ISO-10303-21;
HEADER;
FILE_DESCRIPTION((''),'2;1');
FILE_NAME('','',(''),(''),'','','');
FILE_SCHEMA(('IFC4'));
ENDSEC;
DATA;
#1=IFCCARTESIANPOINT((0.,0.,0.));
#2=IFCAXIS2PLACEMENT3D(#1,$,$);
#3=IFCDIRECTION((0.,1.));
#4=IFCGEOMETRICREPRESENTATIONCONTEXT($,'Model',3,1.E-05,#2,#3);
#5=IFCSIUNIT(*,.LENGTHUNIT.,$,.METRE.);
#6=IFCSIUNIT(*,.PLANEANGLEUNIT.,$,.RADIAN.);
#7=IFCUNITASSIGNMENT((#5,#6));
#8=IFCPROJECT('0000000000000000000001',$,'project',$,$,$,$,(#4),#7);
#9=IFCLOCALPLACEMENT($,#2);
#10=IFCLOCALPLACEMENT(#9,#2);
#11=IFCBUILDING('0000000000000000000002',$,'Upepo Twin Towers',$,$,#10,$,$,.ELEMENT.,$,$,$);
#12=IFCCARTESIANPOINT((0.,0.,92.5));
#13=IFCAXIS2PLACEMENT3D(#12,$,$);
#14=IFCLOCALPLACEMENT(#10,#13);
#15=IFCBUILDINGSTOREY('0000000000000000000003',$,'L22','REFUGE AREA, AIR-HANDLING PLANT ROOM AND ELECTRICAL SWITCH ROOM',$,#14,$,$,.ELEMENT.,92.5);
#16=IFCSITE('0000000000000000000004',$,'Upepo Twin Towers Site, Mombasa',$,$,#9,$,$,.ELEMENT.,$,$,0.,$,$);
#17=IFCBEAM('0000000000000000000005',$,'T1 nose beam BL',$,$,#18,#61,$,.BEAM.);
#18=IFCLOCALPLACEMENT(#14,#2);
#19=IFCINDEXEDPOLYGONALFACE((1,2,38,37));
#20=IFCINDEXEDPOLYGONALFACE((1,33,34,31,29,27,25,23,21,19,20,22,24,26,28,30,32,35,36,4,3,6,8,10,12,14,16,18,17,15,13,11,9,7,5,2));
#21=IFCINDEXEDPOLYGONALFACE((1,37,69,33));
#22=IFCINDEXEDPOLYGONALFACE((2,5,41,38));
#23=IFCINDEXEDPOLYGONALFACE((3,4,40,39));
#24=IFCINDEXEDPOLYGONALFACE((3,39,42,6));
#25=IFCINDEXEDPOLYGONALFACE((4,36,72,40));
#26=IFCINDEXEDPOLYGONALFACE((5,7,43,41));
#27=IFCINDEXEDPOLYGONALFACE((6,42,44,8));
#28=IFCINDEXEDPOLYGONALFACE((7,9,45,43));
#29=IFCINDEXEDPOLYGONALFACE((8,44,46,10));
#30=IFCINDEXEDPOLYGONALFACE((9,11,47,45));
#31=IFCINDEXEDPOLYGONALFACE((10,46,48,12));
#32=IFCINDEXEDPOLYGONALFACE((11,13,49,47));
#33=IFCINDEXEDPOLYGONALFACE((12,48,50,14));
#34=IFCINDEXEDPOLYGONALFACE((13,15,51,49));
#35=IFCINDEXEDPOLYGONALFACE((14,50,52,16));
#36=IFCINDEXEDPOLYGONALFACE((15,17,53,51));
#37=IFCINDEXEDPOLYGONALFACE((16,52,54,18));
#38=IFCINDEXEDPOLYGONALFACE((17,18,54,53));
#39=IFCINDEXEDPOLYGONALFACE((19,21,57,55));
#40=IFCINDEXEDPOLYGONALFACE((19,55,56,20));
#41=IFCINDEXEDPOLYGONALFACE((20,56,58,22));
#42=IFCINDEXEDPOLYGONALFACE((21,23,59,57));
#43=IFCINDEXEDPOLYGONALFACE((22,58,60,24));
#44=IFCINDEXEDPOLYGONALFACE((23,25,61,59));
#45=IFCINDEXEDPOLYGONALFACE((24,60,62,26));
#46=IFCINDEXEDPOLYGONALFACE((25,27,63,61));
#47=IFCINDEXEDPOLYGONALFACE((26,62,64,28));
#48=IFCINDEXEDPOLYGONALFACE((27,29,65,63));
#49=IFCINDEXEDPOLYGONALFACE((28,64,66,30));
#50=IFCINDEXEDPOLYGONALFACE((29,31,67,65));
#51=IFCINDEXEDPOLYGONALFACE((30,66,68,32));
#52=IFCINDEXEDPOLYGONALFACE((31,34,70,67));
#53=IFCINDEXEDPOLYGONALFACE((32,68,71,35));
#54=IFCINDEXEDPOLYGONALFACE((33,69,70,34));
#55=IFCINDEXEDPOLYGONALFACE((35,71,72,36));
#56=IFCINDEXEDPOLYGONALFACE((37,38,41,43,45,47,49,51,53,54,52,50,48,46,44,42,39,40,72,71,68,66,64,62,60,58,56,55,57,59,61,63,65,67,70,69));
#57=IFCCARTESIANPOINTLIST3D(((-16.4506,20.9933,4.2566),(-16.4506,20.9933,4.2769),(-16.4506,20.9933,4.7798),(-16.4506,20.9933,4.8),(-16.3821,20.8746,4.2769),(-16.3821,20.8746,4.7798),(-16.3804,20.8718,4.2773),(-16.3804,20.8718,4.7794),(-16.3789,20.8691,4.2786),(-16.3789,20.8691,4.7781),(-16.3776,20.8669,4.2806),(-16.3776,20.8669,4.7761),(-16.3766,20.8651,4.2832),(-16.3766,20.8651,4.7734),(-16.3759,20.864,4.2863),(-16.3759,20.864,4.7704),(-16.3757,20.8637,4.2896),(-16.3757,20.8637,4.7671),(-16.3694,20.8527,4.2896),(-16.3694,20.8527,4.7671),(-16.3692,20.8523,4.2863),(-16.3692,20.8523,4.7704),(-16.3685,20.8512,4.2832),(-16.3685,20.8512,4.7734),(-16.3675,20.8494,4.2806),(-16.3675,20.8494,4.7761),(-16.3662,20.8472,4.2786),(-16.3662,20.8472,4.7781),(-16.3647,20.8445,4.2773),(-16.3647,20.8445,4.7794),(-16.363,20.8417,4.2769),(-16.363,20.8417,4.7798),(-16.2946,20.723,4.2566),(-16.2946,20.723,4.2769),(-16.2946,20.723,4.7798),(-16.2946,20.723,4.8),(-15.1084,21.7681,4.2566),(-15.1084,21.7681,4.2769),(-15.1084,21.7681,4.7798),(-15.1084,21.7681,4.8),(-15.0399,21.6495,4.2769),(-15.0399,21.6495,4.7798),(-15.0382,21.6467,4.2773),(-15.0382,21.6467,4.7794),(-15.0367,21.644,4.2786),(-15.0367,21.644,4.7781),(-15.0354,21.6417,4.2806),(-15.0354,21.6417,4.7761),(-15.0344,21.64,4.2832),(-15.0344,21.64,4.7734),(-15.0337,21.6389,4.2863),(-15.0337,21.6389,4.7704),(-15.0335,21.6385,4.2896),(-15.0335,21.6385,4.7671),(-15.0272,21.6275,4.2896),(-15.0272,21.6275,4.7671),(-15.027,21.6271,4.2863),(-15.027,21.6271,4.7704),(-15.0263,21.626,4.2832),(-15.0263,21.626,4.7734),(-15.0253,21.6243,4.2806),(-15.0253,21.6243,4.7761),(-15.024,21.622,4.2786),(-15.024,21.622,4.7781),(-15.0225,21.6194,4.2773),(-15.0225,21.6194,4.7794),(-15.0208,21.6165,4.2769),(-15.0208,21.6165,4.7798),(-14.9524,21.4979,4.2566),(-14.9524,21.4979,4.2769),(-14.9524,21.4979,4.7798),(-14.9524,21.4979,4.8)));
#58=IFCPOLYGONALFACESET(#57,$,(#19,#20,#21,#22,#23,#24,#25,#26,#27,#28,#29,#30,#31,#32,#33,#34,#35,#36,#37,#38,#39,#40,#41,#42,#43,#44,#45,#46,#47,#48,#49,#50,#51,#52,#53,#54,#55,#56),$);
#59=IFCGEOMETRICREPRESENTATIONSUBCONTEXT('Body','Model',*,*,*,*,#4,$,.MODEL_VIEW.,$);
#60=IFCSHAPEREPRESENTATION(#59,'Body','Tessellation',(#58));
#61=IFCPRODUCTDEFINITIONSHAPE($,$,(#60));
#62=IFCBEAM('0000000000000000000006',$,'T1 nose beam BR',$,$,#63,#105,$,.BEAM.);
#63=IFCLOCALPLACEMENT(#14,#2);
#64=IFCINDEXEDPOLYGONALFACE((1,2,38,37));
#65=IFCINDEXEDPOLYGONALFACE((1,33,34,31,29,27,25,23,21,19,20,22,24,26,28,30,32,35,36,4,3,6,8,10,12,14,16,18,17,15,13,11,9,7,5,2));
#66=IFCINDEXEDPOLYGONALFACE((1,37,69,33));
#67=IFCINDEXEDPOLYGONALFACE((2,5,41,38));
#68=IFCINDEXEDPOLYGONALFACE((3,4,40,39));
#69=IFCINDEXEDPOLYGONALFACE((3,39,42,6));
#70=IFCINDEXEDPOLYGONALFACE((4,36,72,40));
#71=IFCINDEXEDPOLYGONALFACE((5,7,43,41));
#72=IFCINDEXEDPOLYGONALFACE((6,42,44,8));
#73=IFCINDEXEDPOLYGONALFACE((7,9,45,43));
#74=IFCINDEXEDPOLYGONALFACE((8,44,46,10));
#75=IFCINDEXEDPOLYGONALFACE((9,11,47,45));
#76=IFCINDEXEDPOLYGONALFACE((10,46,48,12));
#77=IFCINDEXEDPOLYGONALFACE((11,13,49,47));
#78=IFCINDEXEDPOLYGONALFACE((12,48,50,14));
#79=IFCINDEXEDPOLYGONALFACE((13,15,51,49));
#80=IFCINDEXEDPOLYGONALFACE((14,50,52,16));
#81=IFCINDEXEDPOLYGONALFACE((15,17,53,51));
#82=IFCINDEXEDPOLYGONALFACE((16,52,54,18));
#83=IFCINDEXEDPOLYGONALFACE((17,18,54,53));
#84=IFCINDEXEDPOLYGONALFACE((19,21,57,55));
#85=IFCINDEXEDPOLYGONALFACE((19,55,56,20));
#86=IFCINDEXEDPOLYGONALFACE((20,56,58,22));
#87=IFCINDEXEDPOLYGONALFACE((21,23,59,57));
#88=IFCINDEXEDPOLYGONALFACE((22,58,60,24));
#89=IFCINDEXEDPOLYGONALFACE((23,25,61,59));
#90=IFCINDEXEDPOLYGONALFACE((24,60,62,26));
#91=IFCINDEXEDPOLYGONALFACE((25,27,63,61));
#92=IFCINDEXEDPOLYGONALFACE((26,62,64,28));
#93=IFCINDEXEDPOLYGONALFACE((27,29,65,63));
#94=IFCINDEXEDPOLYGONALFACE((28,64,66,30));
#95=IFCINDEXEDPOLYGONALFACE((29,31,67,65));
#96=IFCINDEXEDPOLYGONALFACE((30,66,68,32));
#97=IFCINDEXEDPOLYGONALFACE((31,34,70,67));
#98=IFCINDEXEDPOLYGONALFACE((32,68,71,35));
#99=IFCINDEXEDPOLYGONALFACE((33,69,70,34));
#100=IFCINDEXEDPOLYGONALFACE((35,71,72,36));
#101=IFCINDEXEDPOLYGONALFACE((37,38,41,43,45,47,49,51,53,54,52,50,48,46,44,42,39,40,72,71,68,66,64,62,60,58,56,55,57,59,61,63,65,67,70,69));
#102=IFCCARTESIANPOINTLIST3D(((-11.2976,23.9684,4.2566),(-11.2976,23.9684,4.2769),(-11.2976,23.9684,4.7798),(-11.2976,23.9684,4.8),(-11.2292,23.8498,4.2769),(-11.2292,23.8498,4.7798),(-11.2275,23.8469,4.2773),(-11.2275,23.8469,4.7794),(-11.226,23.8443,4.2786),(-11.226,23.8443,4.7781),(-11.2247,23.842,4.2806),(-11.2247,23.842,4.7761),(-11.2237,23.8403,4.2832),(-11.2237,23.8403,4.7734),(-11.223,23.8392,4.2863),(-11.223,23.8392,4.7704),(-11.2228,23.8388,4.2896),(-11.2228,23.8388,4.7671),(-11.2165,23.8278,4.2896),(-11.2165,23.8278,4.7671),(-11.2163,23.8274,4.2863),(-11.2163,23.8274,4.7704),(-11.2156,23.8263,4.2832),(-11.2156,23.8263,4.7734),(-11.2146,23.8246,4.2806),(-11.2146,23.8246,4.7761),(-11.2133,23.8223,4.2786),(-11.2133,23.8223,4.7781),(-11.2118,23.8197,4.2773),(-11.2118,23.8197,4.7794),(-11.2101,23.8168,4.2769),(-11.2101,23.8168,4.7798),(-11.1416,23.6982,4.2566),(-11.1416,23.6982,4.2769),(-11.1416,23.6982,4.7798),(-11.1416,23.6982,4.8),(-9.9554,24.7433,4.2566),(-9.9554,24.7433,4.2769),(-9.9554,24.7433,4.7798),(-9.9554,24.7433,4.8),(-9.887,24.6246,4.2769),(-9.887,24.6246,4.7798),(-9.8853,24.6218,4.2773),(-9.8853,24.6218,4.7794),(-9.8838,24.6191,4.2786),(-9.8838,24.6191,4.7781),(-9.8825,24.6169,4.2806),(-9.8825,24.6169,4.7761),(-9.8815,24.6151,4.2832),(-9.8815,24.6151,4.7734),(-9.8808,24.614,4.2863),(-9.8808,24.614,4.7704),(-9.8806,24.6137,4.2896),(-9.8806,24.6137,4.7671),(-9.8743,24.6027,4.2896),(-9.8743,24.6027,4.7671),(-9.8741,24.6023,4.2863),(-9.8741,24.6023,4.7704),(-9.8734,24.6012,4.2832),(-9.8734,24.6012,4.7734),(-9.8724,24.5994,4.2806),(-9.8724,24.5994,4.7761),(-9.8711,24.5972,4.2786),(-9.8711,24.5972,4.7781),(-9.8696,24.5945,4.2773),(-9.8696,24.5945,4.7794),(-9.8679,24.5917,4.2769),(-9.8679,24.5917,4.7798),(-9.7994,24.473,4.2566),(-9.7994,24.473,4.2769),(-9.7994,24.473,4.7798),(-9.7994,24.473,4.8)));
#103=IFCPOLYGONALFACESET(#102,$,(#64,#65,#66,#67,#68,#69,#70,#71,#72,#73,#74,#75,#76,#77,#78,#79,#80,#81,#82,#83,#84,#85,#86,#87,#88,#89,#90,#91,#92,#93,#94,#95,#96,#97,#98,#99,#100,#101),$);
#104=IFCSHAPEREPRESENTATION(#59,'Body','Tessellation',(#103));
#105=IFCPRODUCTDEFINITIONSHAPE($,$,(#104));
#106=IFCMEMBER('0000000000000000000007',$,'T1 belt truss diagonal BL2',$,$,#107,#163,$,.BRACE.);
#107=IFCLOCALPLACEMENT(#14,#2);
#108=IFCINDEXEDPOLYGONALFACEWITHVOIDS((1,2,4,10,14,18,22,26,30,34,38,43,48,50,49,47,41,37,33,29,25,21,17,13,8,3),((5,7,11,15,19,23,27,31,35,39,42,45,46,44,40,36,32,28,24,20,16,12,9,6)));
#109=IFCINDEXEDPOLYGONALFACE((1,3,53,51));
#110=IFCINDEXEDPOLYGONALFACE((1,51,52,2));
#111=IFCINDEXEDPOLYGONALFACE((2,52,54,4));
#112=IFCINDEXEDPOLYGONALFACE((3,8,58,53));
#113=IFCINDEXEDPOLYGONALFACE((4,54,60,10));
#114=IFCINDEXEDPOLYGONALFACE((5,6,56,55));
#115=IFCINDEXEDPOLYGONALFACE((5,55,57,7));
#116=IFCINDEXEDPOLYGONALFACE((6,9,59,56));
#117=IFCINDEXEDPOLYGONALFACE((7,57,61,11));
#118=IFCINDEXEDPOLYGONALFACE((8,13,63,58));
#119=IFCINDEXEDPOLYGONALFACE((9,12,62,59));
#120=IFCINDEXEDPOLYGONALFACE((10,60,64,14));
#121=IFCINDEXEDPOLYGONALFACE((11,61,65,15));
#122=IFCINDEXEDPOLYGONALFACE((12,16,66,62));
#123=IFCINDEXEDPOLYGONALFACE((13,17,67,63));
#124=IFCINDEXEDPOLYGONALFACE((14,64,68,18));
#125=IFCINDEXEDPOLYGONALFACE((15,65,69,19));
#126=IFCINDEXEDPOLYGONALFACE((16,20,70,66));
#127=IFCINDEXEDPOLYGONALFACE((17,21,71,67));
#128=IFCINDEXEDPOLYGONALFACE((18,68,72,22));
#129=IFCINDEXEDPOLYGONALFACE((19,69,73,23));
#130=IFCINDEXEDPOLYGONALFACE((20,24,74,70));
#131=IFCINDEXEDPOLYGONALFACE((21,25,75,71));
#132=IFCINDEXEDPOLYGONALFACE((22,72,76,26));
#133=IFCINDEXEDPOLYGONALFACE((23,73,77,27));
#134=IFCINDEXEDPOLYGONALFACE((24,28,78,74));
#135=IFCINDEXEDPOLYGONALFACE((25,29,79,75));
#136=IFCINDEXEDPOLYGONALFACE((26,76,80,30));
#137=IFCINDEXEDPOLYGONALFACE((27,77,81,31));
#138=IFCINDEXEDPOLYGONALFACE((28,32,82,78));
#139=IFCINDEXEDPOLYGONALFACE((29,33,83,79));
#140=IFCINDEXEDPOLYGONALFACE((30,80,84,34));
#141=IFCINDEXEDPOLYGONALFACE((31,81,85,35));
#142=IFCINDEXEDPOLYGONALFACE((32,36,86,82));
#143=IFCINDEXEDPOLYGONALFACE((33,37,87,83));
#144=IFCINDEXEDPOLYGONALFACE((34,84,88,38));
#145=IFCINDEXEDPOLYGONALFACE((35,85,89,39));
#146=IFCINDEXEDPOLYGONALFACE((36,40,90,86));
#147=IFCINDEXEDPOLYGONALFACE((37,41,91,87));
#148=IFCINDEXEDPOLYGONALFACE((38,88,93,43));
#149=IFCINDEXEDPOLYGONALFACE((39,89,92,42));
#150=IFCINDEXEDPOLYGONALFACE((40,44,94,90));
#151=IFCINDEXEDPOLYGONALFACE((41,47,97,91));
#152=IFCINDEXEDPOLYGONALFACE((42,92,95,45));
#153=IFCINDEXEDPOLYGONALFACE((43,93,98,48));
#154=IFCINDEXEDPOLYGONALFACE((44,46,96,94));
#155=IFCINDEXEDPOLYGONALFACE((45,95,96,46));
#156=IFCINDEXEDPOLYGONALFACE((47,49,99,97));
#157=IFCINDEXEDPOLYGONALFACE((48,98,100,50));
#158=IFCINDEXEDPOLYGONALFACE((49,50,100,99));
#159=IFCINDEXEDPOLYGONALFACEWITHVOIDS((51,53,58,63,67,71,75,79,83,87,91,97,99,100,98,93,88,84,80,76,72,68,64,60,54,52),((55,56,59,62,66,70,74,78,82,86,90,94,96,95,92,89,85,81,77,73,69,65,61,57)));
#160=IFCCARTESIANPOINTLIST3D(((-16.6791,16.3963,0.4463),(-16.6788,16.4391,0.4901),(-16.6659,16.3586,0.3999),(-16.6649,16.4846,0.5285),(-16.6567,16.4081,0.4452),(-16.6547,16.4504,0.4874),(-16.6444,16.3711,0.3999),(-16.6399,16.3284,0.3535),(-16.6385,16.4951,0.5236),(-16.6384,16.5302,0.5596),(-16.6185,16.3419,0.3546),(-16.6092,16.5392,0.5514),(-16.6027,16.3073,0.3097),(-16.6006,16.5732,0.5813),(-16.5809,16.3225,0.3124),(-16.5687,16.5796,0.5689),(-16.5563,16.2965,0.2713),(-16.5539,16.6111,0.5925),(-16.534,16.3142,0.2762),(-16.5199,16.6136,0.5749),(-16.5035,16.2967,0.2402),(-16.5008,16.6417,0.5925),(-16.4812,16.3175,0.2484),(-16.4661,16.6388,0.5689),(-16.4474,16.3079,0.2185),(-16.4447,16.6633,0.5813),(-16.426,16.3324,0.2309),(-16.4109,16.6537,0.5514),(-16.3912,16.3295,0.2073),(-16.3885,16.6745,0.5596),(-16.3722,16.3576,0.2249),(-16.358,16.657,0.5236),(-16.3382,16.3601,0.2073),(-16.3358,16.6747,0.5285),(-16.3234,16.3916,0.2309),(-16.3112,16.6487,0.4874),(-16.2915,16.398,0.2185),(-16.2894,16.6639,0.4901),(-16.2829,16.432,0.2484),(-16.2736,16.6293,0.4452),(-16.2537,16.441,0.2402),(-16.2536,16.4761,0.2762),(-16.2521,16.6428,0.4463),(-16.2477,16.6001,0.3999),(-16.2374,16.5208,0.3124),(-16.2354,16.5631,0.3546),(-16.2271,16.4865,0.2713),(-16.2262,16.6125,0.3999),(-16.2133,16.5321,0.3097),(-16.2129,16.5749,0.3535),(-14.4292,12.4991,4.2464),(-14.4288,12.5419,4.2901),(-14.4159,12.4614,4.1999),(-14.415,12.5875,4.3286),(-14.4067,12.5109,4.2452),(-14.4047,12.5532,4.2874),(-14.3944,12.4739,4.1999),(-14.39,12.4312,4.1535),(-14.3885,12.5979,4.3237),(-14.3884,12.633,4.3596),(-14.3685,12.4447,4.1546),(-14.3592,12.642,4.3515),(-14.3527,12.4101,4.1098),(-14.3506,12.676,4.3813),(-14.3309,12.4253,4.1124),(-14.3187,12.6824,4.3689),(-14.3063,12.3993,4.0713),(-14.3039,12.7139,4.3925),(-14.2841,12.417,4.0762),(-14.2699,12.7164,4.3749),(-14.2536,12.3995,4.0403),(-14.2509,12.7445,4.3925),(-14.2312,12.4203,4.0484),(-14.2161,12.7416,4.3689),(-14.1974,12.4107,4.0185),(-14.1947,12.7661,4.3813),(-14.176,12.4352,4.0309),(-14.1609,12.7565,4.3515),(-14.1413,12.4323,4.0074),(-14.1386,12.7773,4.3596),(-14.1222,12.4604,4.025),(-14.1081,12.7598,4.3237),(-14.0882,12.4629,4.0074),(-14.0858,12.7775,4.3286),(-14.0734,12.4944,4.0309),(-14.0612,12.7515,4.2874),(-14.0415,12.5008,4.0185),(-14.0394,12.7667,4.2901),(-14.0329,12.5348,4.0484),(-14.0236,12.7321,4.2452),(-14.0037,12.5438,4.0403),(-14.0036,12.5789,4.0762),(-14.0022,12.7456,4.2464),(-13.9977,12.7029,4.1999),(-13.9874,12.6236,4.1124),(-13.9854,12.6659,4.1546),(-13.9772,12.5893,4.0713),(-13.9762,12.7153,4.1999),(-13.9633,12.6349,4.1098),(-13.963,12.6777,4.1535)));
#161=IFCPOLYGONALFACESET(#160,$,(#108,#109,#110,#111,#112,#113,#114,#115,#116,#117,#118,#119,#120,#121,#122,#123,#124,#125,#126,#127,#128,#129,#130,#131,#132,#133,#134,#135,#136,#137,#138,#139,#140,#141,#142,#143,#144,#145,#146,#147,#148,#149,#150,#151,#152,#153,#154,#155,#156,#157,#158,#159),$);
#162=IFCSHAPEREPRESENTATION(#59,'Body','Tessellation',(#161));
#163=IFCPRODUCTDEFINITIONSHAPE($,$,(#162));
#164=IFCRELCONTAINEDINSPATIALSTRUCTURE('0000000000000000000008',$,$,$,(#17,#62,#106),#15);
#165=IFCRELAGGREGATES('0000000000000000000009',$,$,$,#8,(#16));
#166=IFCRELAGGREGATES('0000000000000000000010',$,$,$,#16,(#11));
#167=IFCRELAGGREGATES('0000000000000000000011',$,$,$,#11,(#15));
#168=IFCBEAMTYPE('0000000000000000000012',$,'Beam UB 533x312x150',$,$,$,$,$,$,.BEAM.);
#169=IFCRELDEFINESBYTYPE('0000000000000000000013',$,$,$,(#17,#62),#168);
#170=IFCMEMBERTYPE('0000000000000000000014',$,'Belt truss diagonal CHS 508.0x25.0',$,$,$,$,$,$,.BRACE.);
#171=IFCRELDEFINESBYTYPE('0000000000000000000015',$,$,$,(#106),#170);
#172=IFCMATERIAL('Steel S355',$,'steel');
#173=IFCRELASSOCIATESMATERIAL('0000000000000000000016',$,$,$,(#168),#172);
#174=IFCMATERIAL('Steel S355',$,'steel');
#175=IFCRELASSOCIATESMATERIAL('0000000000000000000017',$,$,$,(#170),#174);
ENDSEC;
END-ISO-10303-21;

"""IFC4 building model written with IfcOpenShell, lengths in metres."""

from ifc_helpers import new_model, si_unit, direction, frame, origin, origin_2d, place, context, subcontext, project, spatial, hollow_circle, i_section, extrude, material, material_profile, profile_set, type_object, element, save


model = new_model("IFC4")

# Units and contexts
model_context = context("Model", 3, precision=1e-05, world=origin(), true_north=direction((0.0, 1.0)))
body_context = subcontext(model_context, "Body", "Model", "MODEL_VIEW")
ifc_project = project(units=[si_unit("LENGTHUNIT", "METRE"), si_unit("PLANEANGLEUNIT", "RADIAN")], contexts=[model_context])

# Site, building, storey
site_placement = place(None, origin())
site = spatial("IfcSite", under=ifc_project, at=site_placement, Name="Upepo Twin Towers Site, Mombasa", CompositionType="ELEMENT", RefElevation=0.0)
building_placement = place(site_placement, origin())
building = spatial("IfcBuilding", under=site, at=building_placement, Name="Upepo Twin Towers", CompositionType="ELEMENT")
storey_placement = place(building_placement, frame((0.0, 0.0, 92.5)))
storey = spatial("IfcBuildingStorey", under=building, at=storey_placement, Name="L22", Description="REFUGE AREA, AIR-HANDLING PLANT ROOM AND ELECTRICAL SWITCH ROOM", CompositionType="ELEMENT", Elevation=92.5)

# Beams
ifc_material_1 = material(Name="Steel S355", Category="steel")
ifc_material_profile_1 = material_profile(ifc_material_1, i_section(OverallWidth=0.312, OverallDepth=0.5435, WebThickness=0.0127, FlangeThickness=0.0203, FilletRadius=0.0127, at=origin_2d()), Name="UB 533x312x150")
ifc_profile_set_1 = profile_set([ifc_material_profile_1], Name="Steel S355")
beam_type_1 = type_object("IfcBeamType", Name="Beam UB 533x312x150", PredefinedType="BEAM", material=ifc_profile_set_1)
for number, where, z_axis, x_axis, name in (
    (1, (-16.3726, 20.8582, 4.5283), (0.866044, 0.499968, 0.0), (-0.499968, 0.866044, 0.0), "T1 nose beam BL"),
    (2, (-9.8774, 24.6082, 4.5283), (-0.866044, -0.499968, 0.0), (0.499968, -0.866044, 0.0), "T1 nose beam BR"),
):
    element("IfcBeam", number, at=place(storey_placement, frame(where, z_axis=z_axis, x_axis=x_axis)), inside=storey, type_object=beam_type_1, Name=name, PredefinedType="BEAM", context=body_context, shape_type="SweptSolid", body=[
        extrude(i_section(OverallWidth=0.312, OverallDepth=0.5435, WebThickness=0.0127, FlangeThickness=0.0203, FilletRadius=0.0127, at=origin_2d()), origin(), (0.0, 0.0, 1.0), 1.5498),
    ])

# Member
ifc_material_2 = material(Name="Steel S355", Category="steel")
ifc_material_profile_2 = material_profile(ifc_material_2, hollow_circle(Radius=0.2539, WallThickness=0.0249, at=origin_2d()), Name="CHS 508.0x25.0")
ifc_profile_set_2 = profile_set([ifc_material_profile_2], Name="Steel S355")
member_type = type_object("IfcMemberType", Name="Belt truss diagonal CHS 508.0x25.0", PredefinedType="BRACE", material=ifc_profile_set_2)
member_1_placement = place(storey_placement, frame((-16.446, 16.4856, 0.3999), z_axis=(0.382009, -0.661676, 0.645178), x_axis=(0.866031, 0.49999, 0.0)))
element("IfcMember", 3, at=member_1_placement, inside=storey, type_object=member_type, Name="T1 belt truss diagonal BL2", PredefinedType="BRACE", context=body_context, shape_type="SweptSolid", body=[
    extrude(hollow_circle(Radius=0.2539, WallThickness=0.0249, at=origin_2d()), origin(), (0.0, 0.0, 1.0), 5.8899),
])

save(model, "model.ifc")
